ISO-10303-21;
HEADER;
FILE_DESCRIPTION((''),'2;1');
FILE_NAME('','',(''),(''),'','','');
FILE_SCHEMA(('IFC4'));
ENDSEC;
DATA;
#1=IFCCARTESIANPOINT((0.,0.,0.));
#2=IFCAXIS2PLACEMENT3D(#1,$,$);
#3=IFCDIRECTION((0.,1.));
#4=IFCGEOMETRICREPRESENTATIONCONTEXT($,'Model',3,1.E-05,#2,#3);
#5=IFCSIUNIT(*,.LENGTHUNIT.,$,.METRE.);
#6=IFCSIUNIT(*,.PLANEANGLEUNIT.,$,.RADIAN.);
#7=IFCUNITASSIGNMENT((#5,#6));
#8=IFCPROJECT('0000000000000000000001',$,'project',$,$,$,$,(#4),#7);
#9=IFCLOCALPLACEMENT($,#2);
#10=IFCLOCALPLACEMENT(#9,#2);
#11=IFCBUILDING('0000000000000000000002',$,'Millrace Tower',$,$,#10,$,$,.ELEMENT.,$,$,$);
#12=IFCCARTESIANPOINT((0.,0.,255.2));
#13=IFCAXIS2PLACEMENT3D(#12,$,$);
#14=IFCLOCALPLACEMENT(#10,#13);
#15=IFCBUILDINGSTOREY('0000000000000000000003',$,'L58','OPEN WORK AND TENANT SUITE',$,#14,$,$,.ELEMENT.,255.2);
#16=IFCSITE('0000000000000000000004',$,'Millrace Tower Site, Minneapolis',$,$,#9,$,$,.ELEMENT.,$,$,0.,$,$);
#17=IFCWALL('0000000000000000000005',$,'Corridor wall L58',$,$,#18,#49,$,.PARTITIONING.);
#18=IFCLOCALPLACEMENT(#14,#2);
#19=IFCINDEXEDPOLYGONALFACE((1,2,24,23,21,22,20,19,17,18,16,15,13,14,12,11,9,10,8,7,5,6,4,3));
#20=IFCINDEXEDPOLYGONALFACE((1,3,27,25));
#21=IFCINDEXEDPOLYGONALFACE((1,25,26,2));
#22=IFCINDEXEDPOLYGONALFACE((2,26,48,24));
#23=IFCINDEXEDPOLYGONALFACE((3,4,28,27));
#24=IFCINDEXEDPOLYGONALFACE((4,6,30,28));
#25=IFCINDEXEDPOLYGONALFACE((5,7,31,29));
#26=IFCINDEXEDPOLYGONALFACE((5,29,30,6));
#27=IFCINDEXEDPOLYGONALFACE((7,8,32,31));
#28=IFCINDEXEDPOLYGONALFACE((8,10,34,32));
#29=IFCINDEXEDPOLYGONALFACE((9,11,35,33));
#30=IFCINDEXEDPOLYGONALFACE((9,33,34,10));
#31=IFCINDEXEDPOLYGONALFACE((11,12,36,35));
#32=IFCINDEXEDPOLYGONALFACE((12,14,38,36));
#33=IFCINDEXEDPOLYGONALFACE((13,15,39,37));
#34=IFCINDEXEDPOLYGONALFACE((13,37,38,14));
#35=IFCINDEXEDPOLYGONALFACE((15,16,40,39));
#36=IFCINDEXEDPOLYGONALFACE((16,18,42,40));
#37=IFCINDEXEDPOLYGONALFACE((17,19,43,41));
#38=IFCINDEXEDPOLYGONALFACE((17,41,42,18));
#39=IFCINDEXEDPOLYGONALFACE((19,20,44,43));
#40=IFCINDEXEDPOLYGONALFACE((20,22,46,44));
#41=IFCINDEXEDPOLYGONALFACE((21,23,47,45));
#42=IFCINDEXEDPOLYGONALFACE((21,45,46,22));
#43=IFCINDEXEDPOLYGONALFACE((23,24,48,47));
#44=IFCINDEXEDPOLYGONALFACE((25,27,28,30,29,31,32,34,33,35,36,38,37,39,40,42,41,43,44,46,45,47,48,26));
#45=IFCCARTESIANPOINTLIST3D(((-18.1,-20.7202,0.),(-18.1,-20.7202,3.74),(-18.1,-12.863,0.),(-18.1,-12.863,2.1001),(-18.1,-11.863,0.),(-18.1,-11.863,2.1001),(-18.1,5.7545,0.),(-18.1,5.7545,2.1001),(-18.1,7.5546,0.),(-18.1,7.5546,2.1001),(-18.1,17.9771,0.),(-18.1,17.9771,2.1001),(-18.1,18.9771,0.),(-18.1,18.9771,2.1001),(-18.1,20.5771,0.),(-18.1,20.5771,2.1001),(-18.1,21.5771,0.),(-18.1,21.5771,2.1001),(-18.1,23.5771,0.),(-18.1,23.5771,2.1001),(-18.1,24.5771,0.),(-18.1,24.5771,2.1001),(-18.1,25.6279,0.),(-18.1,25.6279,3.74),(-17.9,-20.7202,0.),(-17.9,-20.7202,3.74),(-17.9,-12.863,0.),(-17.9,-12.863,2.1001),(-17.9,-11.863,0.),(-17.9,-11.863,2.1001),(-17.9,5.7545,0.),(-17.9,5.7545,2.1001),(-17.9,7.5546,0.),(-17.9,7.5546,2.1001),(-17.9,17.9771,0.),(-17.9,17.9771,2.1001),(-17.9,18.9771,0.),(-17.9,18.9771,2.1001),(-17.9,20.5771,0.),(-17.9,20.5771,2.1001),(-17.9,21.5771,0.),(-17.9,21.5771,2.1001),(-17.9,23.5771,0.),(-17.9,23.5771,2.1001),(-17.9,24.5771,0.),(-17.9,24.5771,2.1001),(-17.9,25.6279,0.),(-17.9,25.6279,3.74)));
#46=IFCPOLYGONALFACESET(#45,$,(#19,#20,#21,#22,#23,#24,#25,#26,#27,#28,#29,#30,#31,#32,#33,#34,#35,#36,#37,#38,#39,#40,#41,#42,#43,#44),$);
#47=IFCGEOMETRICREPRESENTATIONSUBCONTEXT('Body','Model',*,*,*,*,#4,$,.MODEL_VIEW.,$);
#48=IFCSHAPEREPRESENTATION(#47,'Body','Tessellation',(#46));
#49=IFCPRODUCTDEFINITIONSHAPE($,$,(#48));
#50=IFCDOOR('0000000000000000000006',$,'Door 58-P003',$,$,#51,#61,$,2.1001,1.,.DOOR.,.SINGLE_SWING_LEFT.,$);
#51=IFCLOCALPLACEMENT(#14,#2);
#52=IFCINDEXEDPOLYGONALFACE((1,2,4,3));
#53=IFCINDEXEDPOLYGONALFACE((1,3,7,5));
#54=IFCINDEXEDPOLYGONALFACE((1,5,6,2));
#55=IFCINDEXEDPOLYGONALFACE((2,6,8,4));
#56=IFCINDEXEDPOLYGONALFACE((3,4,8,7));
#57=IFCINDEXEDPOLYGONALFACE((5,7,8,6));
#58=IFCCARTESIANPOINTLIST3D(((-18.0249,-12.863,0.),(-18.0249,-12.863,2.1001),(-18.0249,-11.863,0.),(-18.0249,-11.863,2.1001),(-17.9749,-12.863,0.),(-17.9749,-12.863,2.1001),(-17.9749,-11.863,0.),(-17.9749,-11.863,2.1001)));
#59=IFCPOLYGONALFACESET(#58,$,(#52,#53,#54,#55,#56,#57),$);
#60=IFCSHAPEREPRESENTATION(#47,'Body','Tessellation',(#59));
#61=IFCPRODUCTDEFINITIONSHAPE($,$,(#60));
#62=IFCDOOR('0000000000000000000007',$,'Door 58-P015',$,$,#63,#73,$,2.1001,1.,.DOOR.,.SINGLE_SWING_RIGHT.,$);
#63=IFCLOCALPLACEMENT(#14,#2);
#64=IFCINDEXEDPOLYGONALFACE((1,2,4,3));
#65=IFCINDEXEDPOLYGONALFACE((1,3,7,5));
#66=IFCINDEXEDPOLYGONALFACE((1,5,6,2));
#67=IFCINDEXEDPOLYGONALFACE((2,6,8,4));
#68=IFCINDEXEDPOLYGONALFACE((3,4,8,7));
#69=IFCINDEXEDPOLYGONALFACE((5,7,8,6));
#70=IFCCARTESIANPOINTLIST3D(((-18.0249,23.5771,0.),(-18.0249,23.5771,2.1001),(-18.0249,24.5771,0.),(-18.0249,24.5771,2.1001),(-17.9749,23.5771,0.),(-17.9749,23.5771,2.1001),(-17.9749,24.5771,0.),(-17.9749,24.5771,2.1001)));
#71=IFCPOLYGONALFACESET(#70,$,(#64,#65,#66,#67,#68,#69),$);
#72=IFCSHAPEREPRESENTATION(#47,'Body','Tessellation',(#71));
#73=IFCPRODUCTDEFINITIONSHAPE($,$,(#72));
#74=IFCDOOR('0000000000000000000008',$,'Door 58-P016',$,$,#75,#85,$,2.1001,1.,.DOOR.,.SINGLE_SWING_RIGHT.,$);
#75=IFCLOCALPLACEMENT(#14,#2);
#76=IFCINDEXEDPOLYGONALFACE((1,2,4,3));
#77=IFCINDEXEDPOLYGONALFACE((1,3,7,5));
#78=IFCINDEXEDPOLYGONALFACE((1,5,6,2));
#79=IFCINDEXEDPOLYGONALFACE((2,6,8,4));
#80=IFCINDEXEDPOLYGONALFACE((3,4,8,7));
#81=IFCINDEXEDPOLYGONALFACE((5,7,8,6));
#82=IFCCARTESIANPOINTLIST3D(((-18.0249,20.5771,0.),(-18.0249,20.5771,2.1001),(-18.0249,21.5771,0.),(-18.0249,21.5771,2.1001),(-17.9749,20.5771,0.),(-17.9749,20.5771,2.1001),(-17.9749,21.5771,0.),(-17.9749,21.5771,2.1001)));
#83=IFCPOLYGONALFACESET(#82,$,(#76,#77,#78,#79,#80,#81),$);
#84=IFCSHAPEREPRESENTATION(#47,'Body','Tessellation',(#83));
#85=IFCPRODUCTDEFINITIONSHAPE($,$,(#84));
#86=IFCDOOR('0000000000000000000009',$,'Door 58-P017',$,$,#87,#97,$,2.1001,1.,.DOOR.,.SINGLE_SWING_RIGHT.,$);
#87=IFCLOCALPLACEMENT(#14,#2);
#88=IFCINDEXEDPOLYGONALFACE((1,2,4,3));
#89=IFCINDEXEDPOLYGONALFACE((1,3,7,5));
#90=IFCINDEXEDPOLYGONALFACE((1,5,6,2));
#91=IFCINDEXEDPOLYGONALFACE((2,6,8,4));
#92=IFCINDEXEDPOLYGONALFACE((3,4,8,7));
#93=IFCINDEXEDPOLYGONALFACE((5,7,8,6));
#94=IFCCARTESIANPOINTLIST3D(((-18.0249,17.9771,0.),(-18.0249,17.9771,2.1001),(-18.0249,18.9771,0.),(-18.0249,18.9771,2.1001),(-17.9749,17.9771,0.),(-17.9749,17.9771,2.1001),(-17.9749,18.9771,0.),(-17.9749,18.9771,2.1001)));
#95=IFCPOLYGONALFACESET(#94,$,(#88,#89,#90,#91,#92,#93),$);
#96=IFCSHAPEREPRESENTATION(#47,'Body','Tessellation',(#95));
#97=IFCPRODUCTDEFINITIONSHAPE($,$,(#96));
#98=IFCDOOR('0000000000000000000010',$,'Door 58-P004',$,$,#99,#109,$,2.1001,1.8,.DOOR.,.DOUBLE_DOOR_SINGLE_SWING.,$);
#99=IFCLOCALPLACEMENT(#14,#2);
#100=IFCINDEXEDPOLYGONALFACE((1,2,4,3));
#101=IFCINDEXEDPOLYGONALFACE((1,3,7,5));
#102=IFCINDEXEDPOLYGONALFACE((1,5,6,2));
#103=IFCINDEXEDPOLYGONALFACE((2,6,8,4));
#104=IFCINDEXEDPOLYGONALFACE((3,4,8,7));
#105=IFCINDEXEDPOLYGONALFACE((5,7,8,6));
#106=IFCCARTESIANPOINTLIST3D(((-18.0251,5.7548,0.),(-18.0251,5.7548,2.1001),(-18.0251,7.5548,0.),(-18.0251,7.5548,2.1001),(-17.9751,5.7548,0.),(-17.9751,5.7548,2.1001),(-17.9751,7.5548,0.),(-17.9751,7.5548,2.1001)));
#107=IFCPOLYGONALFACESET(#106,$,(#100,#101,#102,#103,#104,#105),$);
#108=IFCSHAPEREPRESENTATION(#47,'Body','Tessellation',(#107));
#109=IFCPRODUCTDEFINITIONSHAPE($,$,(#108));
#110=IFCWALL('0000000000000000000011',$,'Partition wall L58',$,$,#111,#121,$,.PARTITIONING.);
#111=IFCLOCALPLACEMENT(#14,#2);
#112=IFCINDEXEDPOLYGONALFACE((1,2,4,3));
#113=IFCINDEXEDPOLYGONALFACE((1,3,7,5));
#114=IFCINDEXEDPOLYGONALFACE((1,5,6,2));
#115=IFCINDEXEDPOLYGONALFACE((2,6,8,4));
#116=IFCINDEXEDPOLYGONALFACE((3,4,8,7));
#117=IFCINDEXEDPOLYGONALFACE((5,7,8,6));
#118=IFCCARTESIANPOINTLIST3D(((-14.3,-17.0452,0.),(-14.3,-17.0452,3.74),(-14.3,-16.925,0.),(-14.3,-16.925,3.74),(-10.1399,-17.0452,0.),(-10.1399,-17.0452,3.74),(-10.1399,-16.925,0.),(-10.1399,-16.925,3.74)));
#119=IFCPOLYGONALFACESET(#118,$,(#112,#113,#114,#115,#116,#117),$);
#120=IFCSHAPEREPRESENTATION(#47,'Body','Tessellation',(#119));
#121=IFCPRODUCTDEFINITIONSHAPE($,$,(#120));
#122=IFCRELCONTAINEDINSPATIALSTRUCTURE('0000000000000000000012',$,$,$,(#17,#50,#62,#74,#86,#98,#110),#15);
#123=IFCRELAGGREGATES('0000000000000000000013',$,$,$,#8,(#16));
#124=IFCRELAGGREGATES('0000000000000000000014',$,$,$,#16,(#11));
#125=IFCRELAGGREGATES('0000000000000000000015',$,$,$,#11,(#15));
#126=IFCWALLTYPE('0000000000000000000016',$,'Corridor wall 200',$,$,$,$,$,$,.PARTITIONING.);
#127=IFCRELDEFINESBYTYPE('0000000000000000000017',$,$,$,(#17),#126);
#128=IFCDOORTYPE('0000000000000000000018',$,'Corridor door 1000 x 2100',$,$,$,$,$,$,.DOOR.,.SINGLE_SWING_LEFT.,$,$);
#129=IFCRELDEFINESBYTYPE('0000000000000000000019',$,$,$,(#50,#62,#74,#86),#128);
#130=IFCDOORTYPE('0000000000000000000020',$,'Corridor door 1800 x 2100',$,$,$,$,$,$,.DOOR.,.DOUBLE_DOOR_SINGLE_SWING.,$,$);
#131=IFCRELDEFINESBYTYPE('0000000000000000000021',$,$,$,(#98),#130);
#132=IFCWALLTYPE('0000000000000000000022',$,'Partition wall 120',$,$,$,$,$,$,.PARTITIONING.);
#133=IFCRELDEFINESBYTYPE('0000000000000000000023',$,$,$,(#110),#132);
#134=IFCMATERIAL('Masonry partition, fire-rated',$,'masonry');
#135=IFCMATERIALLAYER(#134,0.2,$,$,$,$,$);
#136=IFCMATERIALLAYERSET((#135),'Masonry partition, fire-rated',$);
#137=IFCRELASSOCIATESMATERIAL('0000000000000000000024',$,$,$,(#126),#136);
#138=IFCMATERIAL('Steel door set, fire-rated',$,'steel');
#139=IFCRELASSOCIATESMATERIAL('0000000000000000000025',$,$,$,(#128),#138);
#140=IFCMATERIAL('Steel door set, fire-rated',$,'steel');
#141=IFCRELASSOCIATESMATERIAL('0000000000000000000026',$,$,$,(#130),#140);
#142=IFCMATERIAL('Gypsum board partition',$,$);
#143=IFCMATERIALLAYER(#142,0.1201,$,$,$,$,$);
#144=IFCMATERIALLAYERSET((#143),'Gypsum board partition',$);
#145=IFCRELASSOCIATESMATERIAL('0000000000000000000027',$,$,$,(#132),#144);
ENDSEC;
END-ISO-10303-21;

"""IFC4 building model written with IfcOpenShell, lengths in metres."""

from ifc_helpers import new_model, si_unit, direction, frame, frame_2d, origin, place, context, subcontext, project, spatial, rectangle, extrude, material, layer, layer_set, type_object, element, fill, save


model = new_model("IFC4")

# Units and contexts
model_context = context("Model", 3, precision=1e-05, world=origin(), true_north=direction((0.0, 1.0)))
body_context = subcontext(model_context, "Body", "Model", "MODEL_VIEW")
ifc_project = project(units=[si_unit("LENGTHUNIT", "METRE"), si_unit("PLANEANGLEUNIT", "RADIAN")], contexts=[model_context])

# Site, building, storey
site_placement = place(None, origin())
site = spatial("IfcSite", under=ifc_project, at=site_placement, Name="Millrace Tower Site, Minneapolis", CompositionType="ELEMENT", RefElevation=0.0)
building_placement = place(site_placement, origin())
building = spatial("IfcBuilding", under=site, at=building_placement, Name="Millrace Tower", CompositionType="ELEMENT")
storey_placement = place(building_placement, frame((0.0, 0.0, 255.2)))
storey = spatial("IfcBuildingStorey", under=building, at=storey_placement, Name="L58", Description="OPEN WORK AND TENANT SUITE", CompositionType="ELEMENT", Elevation=255.2)

# Shared definitions
ifc_material_1 = material(Name="Masonry partition, fire-rated", Category="masonry")
ifc_layer_1 = layer(ifc_material_1, 0.2)
ifc_layer_set_1 = layer_set([ifc_layer_1], Name="Masonry partition, fire-rated")
wall_type_1 = type_object("IfcWallType", Name="Corridor wall 200", PredefinedType="PARTITIONING", material=ifc_layer_set_1)

# Wall, openings, doors
ifc_material_2 = material(Name="Steel door set, fire-rated", Category="steel")
door_type_1 = type_object("IfcDoorType", Name="Corridor door 1000 x 2100", OperationType="SINGLE_SWING_LEFT", PredefinedType="DOOR", material=ifc_material_2)
ifc_material_3 = material(Name="Steel door set, fire-rated", Category="steel")
door_type_2 = type_object("IfcDoorType", Name="Corridor door 1800 x 2100", OperationType="DOUBLE_DOOR_SINGLE_SWING", PredefinedType="DOOR", material=ifc_material_3)
wall_1_placement = place(storey_placement, frame((-18.0, -20.7202, 0.0), z_axis=(0.0, 0.0, 1.0), x_axis=(0.0, 1.0, 0.0)))
wall_1 = element("IfcWall", 1, at=wall_1_placement, inside=storey, type_object=wall_type_1, Name="Corridor wall L58", PredefinedType="PARTITIONING", context=body_context, shape_type="SweptSolid", body=[
    extrude(rectangle(XDim=46.3481, YDim=0.2, at=frame_2d((23.1741, 0.0))), origin(), (0.0, 0.0, 1.0), 3.74),
])
opening_1_placement = place(wall_1_placement, frame((7.8572, 0.0, 0.0)))
opening_1 = element("IfcOpeningElement", 2, at=opening_1_placement, cuts=wall_1, PredefinedType="OPENING", context=body_context, shape_type="SweptSolid", body=[
    extrude(rectangle(XDim=1.0, YDim=2.1001, at=frame_2d((0.5, 1.05))), frame((0.0, 0.1099, 0.0), z_axis=(0.0, -1.0, 0.0), x_axis=(1.0, 0.0, 0.0)), (0.0, 0.0, 1.0), 0.22),
])
opening_2_placement = place(wall_1_placement, frame((26.4749, 0.0, 0.0)))
opening_2 = element("IfcOpeningElement", 3, at=opening_2_placement, cuts=wall_1, PredefinedType="OPENING", context=body_context, shape_type="SweptSolid", body=[
    extrude(rectangle(XDim=1.8, YDim=2.1001, at=frame_2d((0.8999, 1.05))), frame((0.0, 0.1099, 0.0), z_axis=(0.0, -1.0, 0.0), x_axis=(1.0, 0.0, 0.0)), (0.0, 0.0, 1.0), 0.22),
])
opening_3_placement = place(wall_1_placement, frame((44.2974, 0.0, 0.0)))
opening_3 = element("IfcOpeningElement", 4, at=opening_3_placement, cuts=wall_1, PredefinedType="OPENING", context=body_context, shape_type="SweptSolid", body=[
    extrude(rectangle(XDim=1.0, YDim=2.1001, at=frame_2d((0.5, 1.05))), frame((0.0, 0.1099, 0.0), z_axis=(0.0, -1.0, 0.0), x_axis=(1.0, 0.0, 0.0)), (0.0, 0.0, 1.0), 0.22),
])
opening_4_placement = place(wall_1_placement, frame((41.2974, 0.0, 0.0)))
opening_4 = element("IfcOpeningElement", 5, at=opening_4_placement, cuts=wall_1, PredefinedType="OPENING", context=body_context, shape_type="SweptSolid", body=[
    extrude(rectangle(XDim=1.0, YDim=2.1001, at=frame_2d((0.5, 1.05))), frame((0.0, 0.1099, 0.0), z_axis=(0.0, -1.0, 0.0), x_axis=(1.0, 0.0, 0.0)), (0.0, 0.0, 1.0), 0.22),
])
opening_5_placement = place(wall_1_placement, frame((38.6973, 0.0, 0.0)))
opening_5 = element("IfcOpeningElement", 6, at=opening_5_placement, cuts=wall_1, PredefinedType="OPENING", context=body_context, shape_type="SweptSolid", body=[
    extrude(rectangle(XDim=1.0, YDim=2.1001, at=frame_2d((0.5, 1.05))), frame((0.0, 0.1099, 0.0), z_axis=(0.0, -1.0, 0.0), x_axis=(1.0, 0.0, 0.0)), (0.0, 0.0, 1.0), 0.22),
])
door_1_placement = place(opening_1_placement, origin())
door_1 = element("IfcDoor", 7, at=door_1_placement, inside=storey, type_object=door_type_1, Name="Door 58-P003", OperationType="SINGLE_SWING_LEFT", OverallHeight=2.1001, OverallWidth=1.0, PredefinedType="DOOR", context=body_context, shape_type="SweptSolid", body=[
    extrude(rectangle(XDim=1.0, YDim=2.1001, at=frame_2d((0.5, 1.05))), frame((0.0, 0.0249, 0.0), z_axis=(0.0, -1.0, 0.0), x_axis=(1.0, 0.0, 0.0)), (0.0, 0.0, 1.0), 0.05),
])
fill(opening_1, door_1)
door_2_placement = place(opening_3_placement, origin())
door_2 = element("IfcDoor", 8, at=door_2_placement, inside=storey, type_object=door_type_1, Name="Door 58-P015", OperationType="SINGLE_SWING_RIGHT", OverallHeight=2.1001, OverallWidth=1.0, PredefinedType="DOOR", context=body_context, shape_type="SweptSolid", body=[
    extrude(rectangle(XDim=1.0, YDim=2.1001, at=frame_2d((0.5, 1.05))), frame((0.0, 0.0249, 0.0), z_axis=(0.0, -1.0, 0.0), x_axis=(1.0, 0.0, 0.0)), (0.0, 0.0, 1.0), 0.05),
])
fill(opening_3, door_2)
door_3_placement = place(opening_4_placement, origin())
door_3 = element("IfcDoor", 9, at=door_3_placement, inside=storey, type_object=door_type_1, Name="Door 58-P016", OperationType="SINGLE_SWING_RIGHT", OverallHeight=2.1001, OverallWidth=1.0, PredefinedType="DOOR", context=body_context, shape_type="SweptSolid", body=[
    extrude(rectangle(XDim=1.0, YDim=2.1001, at=frame_2d((0.5, 1.05))), frame((0.0, 0.0249, 0.0), z_axis=(0.0, -1.0, 0.0), x_axis=(1.0, 0.0, 0.0)), (0.0, 0.0, 1.0), 0.05),
])
fill(opening_4, door_3)
door_4_placement = place(opening_5_placement, origin())
door_4 = element("IfcDoor", 10, at=door_4_placement, inside=storey, type_object=door_type_1, Name="Door 58-P017", OperationType="SINGLE_SWING_RIGHT", OverallHeight=2.1001, OverallWidth=1.0, PredefinedType="DOOR", context=body_context, shape_type="SweptSolid", body=[
    extrude(rectangle(XDim=1.0, YDim=2.1001, at=frame_2d((0.5, 1.05))), frame((0.0, 0.0249, 0.0), z_axis=(0.0, -1.0, 0.0), x_axis=(1.0, 0.0, 0.0)), (0.0, 0.0, 1.0), 0.05),
])
fill(opening_5, door_4)
door_5_placement = place(opening_2_placement, frame((1.8, 0.0, 0.0), z_axis=(0.0, 0.0, 1.0), x_axis=(-1.0, 0.0, 0.0)))
door_5 = element("IfcDoor", 11, at=door_5_placement, inside=storey, type_object=door_type_2, Name="Door 58-P004", OperationType="DOUBLE_DOOR_SINGLE_SWING", OverallHeight=2.1001, OverallWidth=1.8, PredefinedType="DOOR", context=body_context, shape_type="SweptSolid", body=[
    extrude(rectangle(XDim=1.8, YDim=2.1001, at=frame_2d((0.8999, 1.05))), frame((0.0, 0.0249, 0.0), z_axis=(0.0, -1.0, 0.0), x_axis=(1.0, 0.0, 0.0)), (0.0, 0.0, 1.0), 0.05),
])
fill(opening_2, door_5)

# Wall
ifc_material_4 = material(Name="Gypsum board partition")
ifc_layer_2 = layer(ifc_material_4, 0.1201)
ifc_layer_set_2 = layer_set([ifc_layer_2], Name="Gypsum board partition")
wall_type_2 = type_object("IfcWallType", Name="Partition wall 120", PredefinedType="PARTITIONING", material=ifc_layer_set_2)
wall_2_placement = place(storey_placement, frame((-14.3, -16.9851, 0.0), z_axis=(0.0, 0.0, 1.0), x_axis=(1.0, 0.0, 0.0)))
element("IfcWall", 12, at=wall_2_placement, inside=storey, type_object=wall_type_2, Name="Partition wall L58", PredefinedType="PARTITIONING", context=body_context, shape_type="SweptSolid", body=[
    extrude(rectangle(XDim=4.1602, YDim=0.1201, at=frame_2d((2.0801, 0.0))), origin(), (0.0, 0.0, 1.0), 3.74),
])

save(model, "model.ifc")
